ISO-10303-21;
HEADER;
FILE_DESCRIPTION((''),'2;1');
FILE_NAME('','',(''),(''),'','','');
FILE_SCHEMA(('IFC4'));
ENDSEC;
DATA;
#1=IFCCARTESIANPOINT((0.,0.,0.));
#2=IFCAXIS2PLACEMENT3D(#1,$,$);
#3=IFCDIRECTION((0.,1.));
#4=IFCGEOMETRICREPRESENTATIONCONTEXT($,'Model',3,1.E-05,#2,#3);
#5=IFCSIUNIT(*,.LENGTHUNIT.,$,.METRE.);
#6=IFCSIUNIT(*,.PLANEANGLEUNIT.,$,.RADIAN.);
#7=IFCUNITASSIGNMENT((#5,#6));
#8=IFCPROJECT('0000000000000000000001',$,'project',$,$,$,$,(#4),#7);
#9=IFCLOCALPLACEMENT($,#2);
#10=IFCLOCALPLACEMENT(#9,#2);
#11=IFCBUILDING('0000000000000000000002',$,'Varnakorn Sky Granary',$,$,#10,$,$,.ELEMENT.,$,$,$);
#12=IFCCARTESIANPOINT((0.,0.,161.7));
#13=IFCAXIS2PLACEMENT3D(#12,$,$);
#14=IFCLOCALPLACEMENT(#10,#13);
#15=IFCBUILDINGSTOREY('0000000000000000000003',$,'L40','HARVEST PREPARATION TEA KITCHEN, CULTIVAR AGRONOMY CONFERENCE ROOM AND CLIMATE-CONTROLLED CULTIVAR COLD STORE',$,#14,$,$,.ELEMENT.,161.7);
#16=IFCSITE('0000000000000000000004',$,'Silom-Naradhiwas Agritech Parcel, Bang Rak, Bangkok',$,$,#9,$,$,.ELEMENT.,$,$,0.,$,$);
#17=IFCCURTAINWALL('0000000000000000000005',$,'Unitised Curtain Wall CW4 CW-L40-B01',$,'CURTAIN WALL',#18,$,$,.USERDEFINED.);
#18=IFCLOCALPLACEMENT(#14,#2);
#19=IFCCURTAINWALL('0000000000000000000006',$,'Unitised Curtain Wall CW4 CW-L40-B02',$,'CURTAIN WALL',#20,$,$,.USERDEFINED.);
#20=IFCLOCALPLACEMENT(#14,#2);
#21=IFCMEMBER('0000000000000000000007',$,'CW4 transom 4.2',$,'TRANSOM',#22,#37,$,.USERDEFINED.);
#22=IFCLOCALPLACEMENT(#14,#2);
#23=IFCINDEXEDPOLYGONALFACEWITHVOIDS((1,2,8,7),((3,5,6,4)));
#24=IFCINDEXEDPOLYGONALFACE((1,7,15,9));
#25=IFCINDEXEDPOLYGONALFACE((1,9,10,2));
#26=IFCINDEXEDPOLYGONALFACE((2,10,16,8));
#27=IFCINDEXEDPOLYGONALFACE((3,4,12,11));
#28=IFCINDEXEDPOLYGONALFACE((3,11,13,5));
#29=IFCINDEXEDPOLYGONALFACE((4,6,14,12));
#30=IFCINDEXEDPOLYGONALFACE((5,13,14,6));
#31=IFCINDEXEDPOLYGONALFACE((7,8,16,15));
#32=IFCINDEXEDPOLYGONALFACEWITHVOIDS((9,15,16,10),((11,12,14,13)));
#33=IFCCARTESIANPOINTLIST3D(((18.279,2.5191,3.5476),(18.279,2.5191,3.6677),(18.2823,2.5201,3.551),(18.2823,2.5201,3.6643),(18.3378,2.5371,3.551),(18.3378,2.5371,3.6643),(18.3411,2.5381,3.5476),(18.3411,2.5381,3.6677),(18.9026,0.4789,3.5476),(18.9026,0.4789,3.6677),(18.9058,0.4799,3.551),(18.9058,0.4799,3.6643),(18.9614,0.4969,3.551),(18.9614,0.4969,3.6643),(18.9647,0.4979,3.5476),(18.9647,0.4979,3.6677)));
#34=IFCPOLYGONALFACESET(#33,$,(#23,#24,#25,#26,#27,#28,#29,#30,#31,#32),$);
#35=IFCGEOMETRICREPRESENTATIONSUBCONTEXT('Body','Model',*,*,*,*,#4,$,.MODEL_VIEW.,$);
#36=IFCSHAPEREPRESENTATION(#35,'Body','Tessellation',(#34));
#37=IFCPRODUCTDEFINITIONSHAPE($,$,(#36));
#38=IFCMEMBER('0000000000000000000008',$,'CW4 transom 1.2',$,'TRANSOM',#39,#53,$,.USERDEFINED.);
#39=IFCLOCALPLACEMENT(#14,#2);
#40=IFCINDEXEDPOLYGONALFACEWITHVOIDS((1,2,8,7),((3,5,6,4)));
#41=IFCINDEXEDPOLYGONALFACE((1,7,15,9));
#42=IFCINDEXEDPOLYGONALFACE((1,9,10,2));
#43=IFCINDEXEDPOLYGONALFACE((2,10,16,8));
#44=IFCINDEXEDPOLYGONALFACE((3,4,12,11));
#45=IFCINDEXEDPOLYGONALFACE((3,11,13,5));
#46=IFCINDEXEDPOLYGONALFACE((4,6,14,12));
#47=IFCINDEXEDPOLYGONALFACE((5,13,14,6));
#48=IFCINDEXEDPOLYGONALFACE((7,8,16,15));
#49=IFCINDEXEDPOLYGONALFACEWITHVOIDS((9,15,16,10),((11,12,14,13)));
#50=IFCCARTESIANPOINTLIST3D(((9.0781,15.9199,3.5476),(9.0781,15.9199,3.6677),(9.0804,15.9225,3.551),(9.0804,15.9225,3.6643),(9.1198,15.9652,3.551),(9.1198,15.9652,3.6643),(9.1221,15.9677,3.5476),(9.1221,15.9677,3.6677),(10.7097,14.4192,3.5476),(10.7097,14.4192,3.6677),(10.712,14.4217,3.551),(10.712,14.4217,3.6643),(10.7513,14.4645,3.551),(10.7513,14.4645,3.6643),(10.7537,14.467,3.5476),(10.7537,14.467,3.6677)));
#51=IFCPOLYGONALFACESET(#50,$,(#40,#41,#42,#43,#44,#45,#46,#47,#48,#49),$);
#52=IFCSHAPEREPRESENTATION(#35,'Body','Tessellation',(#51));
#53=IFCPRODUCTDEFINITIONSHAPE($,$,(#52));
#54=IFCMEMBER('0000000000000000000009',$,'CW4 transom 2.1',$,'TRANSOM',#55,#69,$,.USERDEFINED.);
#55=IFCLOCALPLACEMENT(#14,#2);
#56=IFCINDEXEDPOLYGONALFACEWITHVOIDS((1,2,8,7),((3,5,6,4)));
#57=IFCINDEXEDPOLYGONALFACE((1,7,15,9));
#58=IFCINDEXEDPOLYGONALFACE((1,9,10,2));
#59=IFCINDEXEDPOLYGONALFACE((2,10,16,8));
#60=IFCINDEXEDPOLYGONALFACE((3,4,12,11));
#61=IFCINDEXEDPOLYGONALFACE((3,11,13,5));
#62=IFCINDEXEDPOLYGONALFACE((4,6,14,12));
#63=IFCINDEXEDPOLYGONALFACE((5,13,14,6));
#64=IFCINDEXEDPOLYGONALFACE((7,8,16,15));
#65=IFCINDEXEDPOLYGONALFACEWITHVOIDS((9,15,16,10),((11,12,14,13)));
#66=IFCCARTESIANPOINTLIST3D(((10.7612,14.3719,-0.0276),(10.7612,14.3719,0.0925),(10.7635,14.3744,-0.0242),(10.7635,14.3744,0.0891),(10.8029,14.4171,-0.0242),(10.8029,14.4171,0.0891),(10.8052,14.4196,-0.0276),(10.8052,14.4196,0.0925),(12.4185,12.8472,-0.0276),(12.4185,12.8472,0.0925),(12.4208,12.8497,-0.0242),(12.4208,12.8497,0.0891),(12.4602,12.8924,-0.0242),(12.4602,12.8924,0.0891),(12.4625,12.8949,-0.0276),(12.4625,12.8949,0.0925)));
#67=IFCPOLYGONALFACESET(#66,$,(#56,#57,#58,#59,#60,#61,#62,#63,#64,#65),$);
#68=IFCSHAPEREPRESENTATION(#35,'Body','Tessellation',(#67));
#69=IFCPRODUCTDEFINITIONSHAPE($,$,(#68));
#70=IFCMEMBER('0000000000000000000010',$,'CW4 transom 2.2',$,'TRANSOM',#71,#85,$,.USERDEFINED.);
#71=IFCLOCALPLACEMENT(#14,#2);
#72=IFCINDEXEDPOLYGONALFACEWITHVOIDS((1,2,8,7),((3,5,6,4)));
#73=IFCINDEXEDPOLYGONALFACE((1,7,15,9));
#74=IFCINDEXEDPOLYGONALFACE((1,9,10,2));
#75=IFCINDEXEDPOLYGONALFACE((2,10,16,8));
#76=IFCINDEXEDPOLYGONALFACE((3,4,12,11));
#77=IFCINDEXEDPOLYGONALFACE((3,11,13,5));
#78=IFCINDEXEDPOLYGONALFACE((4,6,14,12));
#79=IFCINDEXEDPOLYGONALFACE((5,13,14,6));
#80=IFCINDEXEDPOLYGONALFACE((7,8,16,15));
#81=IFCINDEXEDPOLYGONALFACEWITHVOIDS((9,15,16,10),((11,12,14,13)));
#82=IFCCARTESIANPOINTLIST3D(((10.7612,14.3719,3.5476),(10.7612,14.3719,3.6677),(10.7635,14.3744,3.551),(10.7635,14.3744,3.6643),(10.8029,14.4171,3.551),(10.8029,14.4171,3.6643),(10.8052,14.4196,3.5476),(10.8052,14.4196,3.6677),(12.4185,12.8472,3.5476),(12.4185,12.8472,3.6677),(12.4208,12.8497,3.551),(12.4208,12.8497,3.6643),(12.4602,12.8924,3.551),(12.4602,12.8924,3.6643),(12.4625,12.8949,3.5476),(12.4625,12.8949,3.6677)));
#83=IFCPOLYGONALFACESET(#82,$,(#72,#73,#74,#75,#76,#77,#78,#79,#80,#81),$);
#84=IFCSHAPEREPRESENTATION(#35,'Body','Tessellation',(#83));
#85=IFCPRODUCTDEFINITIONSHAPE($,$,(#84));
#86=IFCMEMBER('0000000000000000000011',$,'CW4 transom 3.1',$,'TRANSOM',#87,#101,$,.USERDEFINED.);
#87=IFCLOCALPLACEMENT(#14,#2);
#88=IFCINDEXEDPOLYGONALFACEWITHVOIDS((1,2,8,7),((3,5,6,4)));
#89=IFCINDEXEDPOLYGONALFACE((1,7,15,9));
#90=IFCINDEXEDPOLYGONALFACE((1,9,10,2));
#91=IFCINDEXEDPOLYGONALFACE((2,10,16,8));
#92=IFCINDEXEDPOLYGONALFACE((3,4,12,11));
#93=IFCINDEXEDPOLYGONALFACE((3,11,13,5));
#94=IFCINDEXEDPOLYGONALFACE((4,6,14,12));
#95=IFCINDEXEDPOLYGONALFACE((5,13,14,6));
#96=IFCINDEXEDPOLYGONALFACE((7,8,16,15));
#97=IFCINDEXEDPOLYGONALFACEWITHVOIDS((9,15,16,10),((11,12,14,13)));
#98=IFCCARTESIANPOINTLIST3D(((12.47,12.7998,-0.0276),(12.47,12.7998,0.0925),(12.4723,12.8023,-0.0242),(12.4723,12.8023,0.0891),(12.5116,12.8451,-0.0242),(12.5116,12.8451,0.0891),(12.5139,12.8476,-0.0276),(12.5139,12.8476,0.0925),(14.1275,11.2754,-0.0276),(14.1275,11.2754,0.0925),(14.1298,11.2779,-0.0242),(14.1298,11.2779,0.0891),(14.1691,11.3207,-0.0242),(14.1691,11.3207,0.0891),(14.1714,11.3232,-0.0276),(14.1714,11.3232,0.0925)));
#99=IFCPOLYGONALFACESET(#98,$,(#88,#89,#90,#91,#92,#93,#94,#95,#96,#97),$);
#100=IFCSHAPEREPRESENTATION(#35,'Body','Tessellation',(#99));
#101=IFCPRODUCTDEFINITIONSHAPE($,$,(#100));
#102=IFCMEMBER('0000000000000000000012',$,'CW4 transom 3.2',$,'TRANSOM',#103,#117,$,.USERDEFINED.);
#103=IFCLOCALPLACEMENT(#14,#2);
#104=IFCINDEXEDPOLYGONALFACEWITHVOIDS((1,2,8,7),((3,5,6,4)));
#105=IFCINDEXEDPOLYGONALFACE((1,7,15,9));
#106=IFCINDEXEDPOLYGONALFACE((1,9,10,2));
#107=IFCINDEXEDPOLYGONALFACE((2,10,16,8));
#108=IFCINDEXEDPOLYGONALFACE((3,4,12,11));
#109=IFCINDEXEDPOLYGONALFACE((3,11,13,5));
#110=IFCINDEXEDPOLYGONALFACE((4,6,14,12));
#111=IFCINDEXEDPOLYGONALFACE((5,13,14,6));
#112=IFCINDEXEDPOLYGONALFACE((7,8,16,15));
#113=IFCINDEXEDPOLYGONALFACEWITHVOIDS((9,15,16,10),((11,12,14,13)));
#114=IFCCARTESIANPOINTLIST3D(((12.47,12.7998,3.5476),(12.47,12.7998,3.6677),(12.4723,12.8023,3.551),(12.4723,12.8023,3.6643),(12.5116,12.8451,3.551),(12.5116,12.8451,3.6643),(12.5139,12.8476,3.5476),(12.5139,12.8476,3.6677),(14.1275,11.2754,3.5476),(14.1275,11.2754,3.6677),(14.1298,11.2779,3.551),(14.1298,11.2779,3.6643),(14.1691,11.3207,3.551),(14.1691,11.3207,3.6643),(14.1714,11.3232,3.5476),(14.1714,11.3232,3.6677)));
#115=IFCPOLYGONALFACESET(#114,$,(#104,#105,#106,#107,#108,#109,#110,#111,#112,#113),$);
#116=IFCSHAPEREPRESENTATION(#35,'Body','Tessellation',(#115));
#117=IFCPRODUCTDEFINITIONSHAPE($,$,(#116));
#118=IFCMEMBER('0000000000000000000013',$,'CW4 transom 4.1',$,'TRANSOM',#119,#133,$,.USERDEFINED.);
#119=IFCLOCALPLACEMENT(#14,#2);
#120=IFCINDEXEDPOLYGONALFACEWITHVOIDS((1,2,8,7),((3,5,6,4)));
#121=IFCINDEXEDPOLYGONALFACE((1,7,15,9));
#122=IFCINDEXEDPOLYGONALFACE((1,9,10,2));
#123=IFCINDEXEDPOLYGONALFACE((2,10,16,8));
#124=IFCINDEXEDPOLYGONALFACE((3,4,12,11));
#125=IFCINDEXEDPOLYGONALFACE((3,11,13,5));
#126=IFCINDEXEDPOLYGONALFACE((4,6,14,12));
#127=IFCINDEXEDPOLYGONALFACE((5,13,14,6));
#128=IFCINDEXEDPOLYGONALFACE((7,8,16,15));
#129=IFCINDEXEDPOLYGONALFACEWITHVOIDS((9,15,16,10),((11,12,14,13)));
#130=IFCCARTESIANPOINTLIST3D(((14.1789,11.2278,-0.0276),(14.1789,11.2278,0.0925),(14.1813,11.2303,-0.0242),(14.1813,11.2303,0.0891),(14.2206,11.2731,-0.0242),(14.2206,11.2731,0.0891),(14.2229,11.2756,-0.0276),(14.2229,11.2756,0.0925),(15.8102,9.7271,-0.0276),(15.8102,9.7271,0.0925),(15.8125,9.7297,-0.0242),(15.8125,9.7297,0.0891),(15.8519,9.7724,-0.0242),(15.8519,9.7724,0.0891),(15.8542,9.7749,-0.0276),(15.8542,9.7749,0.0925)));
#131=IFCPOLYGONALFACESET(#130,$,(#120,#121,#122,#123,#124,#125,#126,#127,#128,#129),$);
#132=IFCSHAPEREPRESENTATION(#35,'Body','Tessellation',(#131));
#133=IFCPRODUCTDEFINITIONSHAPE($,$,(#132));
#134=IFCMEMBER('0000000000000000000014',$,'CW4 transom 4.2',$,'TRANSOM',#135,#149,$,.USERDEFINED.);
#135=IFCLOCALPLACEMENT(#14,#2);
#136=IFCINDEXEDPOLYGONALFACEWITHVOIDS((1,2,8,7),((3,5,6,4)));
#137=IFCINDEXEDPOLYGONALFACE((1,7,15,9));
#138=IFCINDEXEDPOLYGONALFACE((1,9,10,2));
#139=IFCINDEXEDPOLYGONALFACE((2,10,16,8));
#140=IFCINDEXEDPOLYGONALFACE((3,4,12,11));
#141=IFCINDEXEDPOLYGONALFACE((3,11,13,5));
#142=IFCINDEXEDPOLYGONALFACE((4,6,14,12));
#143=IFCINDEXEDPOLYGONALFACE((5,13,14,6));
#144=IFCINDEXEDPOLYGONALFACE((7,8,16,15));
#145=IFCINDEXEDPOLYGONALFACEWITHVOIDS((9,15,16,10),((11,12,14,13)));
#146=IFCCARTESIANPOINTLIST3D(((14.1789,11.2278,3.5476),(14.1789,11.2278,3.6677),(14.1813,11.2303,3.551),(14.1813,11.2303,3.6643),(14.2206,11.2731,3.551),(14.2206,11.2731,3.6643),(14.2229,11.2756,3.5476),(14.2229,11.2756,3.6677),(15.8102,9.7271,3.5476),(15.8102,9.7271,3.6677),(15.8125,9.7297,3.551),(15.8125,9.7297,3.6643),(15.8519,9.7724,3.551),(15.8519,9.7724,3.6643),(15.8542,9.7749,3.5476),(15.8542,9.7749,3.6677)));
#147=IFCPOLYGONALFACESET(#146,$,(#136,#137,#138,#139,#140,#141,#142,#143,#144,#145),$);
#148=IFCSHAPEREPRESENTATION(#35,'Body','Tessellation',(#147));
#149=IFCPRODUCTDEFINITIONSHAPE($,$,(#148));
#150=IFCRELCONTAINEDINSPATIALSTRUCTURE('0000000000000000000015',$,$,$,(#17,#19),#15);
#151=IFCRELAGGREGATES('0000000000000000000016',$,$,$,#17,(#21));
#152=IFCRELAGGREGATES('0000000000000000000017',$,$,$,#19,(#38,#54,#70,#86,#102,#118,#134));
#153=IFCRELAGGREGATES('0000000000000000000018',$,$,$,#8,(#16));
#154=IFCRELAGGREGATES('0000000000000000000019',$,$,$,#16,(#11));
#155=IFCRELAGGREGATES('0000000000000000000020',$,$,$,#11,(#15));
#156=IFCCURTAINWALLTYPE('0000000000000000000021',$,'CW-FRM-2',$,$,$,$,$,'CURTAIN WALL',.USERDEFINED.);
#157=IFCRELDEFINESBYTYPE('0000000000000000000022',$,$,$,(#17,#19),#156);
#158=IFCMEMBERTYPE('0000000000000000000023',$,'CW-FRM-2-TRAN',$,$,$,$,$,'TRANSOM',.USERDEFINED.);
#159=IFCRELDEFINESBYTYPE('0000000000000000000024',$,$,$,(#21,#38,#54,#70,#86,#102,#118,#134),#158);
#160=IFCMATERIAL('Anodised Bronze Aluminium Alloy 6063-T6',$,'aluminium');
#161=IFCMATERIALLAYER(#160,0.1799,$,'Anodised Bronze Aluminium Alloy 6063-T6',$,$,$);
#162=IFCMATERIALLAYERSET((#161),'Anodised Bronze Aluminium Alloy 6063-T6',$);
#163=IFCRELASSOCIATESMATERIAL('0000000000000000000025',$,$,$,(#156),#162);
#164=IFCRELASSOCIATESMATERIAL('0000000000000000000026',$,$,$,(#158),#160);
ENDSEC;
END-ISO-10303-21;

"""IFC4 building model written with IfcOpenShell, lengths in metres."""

from ifc_helpers import new_model, si_unit, direction, frame, origin, origin_2d, place, context, subcontext, project, spatial, hollow_rectangle, extrude, material, layer, layer_set, material_profile, profile_set, type_object, element, aggregate, save


model = new_model("IFC4")

# Units and contexts
model_context = context("Model", 3, precision=1e-05, world=origin(), true_north=direction((0.0, 1.0)))
body_context = subcontext(model_context, "Body", "Model", "MODEL_VIEW")
ifc_project = project(units=[si_unit("LENGTHUNIT", "METRE"), si_unit("PLANEANGLEUNIT", "RADIAN")], contexts=[model_context])

# Site, building, storey
site_placement = place(None, origin())
site = spatial("IfcSite", under=ifc_project, at=site_placement, Name="Silom-Naradhiwas Agritech Parcel, Bang Rak, Bangkok", CompositionType="ELEMENT", RefElevation=0.0)
building_placement = place(site_placement, origin())
building = spatial("IfcBuilding", under=site, at=building_placement, Name="Varnakorn Sky Granary", CompositionType="ELEMENT")
storey_placement = place(building_placement, frame((0.0, 0.0, 161.7)))
storey = spatial("IfcBuildingStorey", under=building, at=storey_placement, Name="L40", Description="HARVEST PREPARATION TEA KITCHEN, CULTIVAR AGRONOMY CONFERENCE ROOM AND CLIMATE-CONTROLLED CULTIVAR COLD STORE", CompositionType="ELEMENT", Elevation=161.7)

# Curtain walls
ifc_material_1 = material(Name="Anodised Bronze Aluminium Alloy 6063-T6", Category="aluminium")
ifc_layer_1 = layer(ifc_material_1, 0.1799, Name="Anodised Bronze Aluminium Alloy 6063-T6")
ifc_layer_set_1 = layer_set([ifc_layer_1], Name="Anodised Bronze Aluminium Alloy 6063-T6")
curtain_wall_type = type_object("IfcCurtainWallType", Name="CW-FRM-2", ElementType="CURTAIN WALL", PredefinedType="USERDEFINED", material=ifc_layer_set_1)
curtain_wall_1_placement = place(storey_placement, origin())
curtain_wall_1 = element("IfcCurtainWall", 1, at=curtain_wall_1_placement, inside=storey, type_object=curtain_wall_type, Name="Unitised Curtain Wall CW4 CW-L40-B01", ObjectType="CURTAIN WALL", PredefinedType="USERDEFINED")
curtain_wall_2_placement = place(storey_placement, origin())
curtain_wall_2 = element("IfcCurtainWall", 2, at=curtain_wall_2_placement, inside=storey, type_object=curtain_wall_type, Name="Unitised Curtain Wall CW4 CW-L40-B02", ObjectType="CURTAIN WALL", PredefinedType="USERDEFINED")

# Members
ifc_material_profile_1 = material_profile(ifc_material_1, hollow_rectangle(XDim=0.0649, YDim=0.1201, WallThickness=0.0034, at=origin_2d()), Name="ALU TRAN 65x120")
ifc_profile_set_1 = profile_set([ifc_material_profile_1], Name="Anodised Bronze Aluminium Alloy 6063-T6")
member_type_1 = type_object("IfcMemberType", Name="CW-FRM-2-TRAN", ElementType="TRANSOM", PredefinedType="USERDEFINED", material=ifc_profile_set_1)
member_1_placement = place(storey_placement, frame((18.3101, 2.5286, 3.6077), z_axis=(0.2923, -0.956327, 0.0), x_axis=(0.956327, 0.2923, 0.0)))
member_1 = element("IfcMember", 3, at=member_1_placement, type_object=member_type_1, Name="CW4 transom 4.2", ObjectType="TRANSOM", PredefinedType="USERDEFINED", context=body_context, shape_type="SweptSolid", body=[
    extrude(hollow_rectangle(XDim=0.0649, YDim=0.1201, WallThickness=0.0034, at=origin_2d()), origin(), (0.0, 0.0, 1.0), 2.1333),
])
member_2_placement = place(storey_placement, frame((9.1001, 15.9438, 3.6077), z_axis=(0.736006, -0.676975, 0.0), x_axis=(0.676975, 0.736006, 0.0)))
member_2 = element("IfcMember", 4, at=member_2_placement, type_object=member_type_1, Name="CW4 transom 1.2", ObjectType="TRANSOM", PredefinedType="USERDEFINED", context=body_context, shape_type="SweptSolid", body=[
    extrude(hollow_rectangle(XDim=0.0649, YDim=0.1201, WallThickness=0.0034, at=origin_2d()), origin(), (0.0, 0.0, 1.0), 2.2168),
])
member_3_placement = place(storey_placement, frame((10.7832, 14.3958, 0.0325), z_axis=(0.735929, -0.677059, 0.0), x_axis=(0.677059, 0.735929, 0.0)))
member_3 = element("IfcMember", 5, at=member_3_placement, type_object=member_type_1, Name="CW4 transom 2.1", ObjectType="TRANSOM", PredefinedType="USERDEFINED", context=body_context, shape_type="SweptSolid", body=[
    extrude(hollow_rectangle(XDim=0.0649, YDim=0.1201, WallThickness=0.0034, at=origin_2d()), origin(), (0.0, 0.0, 1.0), 2.252),
])
member_4_placement = place(storey_placement, frame((10.7832, 14.3958, 3.6077), z_axis=(0.735929, -0.677059, 0.0), x_axis=(0.677059, 0.735929, 0.0)))
member_4 = element("IfcMember", 6, at=member_4_placement, type_object=member_type_1, Name="CW4 transom 2.2", ObjectType="TRANSOM", PredefinedType="USERDEFINED", context=body_context, shape_type="SweptSolid", body=[
    extrude(hollow_rectangle(XDim=0.0649, YDim=0.1201, WallThickness=0.0034, at=origin_2d()), origin(), (0.0, 0.0, 1.0), 2.252),
])
member_5_placement = place(storey_placement, frame((12.4919, 12.8237, 0.0325), z_axis=(0.736033, -0.676946, 0.0), x_axis=(0.676946, 0.736033, 0.0)))
member_5 = element("IfcMember", 7, at=member_5_placement, type_object=member_type_1, Name="CW4 transom 3.1", ObjectType="TRANSOM", PredefinedType="USERDEFINED", context=body_context, shape_type="SweptSolid", body=[
    extrude(hollow_rectangle(XDim=0.0649, YDim=0.1201, WallThickness=0.0034, at=origin_2d()), origin(), (0.0, 0.0, 1.0), 2.252),
])
member_6_placement = place(storey_placement, frame((12.4919, 12.8237, 3.6077), z_axis=(0.736033, -0.676946, 0.0), x_axis=(0.676946, 0.736033, 0.0)))
member_6 = element("IfcMember", 8, at=member_6_placement, type_object=member_type_1, Name="CW4 transom 3.2", ObjectType="TRANSOM", PredefinedType="USERDEFINED", context=body_context, shape_type="SweptSolid", body=[
    extrude(hollow_rectangle(XDim=0.0649, YDim=0.1201, WallThickness=0.0034, at=origin_2d()), origin(), (0.0, 0.0, 1.0), 2.252),
])
member_7_placement = place(storey_placement, frame((14.2009, 11.2517, 0.0325), z_axis=(0.735955, -0.67703, 0.0), x_axis=(0.67703, 0.735955, 0.0)))
member_7 = element("IfcMember", 9, at=member_7_placement, type_object=member_type_1, Name="CW4 transom 4.1", ObjectType="TRANSOM", PredefinedType="USERDEFINED", context=body_context, shape_type="SweptSolid", body=[
    extrude(hollow_rectangle(XDim=0.0649, YDim=0.1201, WallThickness=0.0034, at=origin_2d()), origin(), (0.0, 0.0, 1.0), 2.2166),
])
member_8_placement = place(storey_placement, frame((14.2009, 11.2517, 3.6077), z_axis=(0.735955, -0.67703, 0.0), x_axis=(0.67703, 0.735955, 0.0)))
member_8 = element("IfcMember", 10, at=member_8_placement, type_object=member_type_1, Name="CW4 transom 4.2", ObjectType="TRANSOM", PredefinedType="USERDEFINED", context=body_context, shape_type="SweptSolid", body=[
    extrude(hollow_rectangle(XDim=0.0649, YDim=0.1201, WallThickness=0.0034, at=origin_2d()), origin(), (0.0, 0.0, 1.0), 2.2166),
])

aggregate(curtain_wall_1, [member_1])
aggregate(curtain_wall_2, [member_2, member_3, member_4, member_5, member_6, member_7, member_8])

save(model, "model.ifc")
